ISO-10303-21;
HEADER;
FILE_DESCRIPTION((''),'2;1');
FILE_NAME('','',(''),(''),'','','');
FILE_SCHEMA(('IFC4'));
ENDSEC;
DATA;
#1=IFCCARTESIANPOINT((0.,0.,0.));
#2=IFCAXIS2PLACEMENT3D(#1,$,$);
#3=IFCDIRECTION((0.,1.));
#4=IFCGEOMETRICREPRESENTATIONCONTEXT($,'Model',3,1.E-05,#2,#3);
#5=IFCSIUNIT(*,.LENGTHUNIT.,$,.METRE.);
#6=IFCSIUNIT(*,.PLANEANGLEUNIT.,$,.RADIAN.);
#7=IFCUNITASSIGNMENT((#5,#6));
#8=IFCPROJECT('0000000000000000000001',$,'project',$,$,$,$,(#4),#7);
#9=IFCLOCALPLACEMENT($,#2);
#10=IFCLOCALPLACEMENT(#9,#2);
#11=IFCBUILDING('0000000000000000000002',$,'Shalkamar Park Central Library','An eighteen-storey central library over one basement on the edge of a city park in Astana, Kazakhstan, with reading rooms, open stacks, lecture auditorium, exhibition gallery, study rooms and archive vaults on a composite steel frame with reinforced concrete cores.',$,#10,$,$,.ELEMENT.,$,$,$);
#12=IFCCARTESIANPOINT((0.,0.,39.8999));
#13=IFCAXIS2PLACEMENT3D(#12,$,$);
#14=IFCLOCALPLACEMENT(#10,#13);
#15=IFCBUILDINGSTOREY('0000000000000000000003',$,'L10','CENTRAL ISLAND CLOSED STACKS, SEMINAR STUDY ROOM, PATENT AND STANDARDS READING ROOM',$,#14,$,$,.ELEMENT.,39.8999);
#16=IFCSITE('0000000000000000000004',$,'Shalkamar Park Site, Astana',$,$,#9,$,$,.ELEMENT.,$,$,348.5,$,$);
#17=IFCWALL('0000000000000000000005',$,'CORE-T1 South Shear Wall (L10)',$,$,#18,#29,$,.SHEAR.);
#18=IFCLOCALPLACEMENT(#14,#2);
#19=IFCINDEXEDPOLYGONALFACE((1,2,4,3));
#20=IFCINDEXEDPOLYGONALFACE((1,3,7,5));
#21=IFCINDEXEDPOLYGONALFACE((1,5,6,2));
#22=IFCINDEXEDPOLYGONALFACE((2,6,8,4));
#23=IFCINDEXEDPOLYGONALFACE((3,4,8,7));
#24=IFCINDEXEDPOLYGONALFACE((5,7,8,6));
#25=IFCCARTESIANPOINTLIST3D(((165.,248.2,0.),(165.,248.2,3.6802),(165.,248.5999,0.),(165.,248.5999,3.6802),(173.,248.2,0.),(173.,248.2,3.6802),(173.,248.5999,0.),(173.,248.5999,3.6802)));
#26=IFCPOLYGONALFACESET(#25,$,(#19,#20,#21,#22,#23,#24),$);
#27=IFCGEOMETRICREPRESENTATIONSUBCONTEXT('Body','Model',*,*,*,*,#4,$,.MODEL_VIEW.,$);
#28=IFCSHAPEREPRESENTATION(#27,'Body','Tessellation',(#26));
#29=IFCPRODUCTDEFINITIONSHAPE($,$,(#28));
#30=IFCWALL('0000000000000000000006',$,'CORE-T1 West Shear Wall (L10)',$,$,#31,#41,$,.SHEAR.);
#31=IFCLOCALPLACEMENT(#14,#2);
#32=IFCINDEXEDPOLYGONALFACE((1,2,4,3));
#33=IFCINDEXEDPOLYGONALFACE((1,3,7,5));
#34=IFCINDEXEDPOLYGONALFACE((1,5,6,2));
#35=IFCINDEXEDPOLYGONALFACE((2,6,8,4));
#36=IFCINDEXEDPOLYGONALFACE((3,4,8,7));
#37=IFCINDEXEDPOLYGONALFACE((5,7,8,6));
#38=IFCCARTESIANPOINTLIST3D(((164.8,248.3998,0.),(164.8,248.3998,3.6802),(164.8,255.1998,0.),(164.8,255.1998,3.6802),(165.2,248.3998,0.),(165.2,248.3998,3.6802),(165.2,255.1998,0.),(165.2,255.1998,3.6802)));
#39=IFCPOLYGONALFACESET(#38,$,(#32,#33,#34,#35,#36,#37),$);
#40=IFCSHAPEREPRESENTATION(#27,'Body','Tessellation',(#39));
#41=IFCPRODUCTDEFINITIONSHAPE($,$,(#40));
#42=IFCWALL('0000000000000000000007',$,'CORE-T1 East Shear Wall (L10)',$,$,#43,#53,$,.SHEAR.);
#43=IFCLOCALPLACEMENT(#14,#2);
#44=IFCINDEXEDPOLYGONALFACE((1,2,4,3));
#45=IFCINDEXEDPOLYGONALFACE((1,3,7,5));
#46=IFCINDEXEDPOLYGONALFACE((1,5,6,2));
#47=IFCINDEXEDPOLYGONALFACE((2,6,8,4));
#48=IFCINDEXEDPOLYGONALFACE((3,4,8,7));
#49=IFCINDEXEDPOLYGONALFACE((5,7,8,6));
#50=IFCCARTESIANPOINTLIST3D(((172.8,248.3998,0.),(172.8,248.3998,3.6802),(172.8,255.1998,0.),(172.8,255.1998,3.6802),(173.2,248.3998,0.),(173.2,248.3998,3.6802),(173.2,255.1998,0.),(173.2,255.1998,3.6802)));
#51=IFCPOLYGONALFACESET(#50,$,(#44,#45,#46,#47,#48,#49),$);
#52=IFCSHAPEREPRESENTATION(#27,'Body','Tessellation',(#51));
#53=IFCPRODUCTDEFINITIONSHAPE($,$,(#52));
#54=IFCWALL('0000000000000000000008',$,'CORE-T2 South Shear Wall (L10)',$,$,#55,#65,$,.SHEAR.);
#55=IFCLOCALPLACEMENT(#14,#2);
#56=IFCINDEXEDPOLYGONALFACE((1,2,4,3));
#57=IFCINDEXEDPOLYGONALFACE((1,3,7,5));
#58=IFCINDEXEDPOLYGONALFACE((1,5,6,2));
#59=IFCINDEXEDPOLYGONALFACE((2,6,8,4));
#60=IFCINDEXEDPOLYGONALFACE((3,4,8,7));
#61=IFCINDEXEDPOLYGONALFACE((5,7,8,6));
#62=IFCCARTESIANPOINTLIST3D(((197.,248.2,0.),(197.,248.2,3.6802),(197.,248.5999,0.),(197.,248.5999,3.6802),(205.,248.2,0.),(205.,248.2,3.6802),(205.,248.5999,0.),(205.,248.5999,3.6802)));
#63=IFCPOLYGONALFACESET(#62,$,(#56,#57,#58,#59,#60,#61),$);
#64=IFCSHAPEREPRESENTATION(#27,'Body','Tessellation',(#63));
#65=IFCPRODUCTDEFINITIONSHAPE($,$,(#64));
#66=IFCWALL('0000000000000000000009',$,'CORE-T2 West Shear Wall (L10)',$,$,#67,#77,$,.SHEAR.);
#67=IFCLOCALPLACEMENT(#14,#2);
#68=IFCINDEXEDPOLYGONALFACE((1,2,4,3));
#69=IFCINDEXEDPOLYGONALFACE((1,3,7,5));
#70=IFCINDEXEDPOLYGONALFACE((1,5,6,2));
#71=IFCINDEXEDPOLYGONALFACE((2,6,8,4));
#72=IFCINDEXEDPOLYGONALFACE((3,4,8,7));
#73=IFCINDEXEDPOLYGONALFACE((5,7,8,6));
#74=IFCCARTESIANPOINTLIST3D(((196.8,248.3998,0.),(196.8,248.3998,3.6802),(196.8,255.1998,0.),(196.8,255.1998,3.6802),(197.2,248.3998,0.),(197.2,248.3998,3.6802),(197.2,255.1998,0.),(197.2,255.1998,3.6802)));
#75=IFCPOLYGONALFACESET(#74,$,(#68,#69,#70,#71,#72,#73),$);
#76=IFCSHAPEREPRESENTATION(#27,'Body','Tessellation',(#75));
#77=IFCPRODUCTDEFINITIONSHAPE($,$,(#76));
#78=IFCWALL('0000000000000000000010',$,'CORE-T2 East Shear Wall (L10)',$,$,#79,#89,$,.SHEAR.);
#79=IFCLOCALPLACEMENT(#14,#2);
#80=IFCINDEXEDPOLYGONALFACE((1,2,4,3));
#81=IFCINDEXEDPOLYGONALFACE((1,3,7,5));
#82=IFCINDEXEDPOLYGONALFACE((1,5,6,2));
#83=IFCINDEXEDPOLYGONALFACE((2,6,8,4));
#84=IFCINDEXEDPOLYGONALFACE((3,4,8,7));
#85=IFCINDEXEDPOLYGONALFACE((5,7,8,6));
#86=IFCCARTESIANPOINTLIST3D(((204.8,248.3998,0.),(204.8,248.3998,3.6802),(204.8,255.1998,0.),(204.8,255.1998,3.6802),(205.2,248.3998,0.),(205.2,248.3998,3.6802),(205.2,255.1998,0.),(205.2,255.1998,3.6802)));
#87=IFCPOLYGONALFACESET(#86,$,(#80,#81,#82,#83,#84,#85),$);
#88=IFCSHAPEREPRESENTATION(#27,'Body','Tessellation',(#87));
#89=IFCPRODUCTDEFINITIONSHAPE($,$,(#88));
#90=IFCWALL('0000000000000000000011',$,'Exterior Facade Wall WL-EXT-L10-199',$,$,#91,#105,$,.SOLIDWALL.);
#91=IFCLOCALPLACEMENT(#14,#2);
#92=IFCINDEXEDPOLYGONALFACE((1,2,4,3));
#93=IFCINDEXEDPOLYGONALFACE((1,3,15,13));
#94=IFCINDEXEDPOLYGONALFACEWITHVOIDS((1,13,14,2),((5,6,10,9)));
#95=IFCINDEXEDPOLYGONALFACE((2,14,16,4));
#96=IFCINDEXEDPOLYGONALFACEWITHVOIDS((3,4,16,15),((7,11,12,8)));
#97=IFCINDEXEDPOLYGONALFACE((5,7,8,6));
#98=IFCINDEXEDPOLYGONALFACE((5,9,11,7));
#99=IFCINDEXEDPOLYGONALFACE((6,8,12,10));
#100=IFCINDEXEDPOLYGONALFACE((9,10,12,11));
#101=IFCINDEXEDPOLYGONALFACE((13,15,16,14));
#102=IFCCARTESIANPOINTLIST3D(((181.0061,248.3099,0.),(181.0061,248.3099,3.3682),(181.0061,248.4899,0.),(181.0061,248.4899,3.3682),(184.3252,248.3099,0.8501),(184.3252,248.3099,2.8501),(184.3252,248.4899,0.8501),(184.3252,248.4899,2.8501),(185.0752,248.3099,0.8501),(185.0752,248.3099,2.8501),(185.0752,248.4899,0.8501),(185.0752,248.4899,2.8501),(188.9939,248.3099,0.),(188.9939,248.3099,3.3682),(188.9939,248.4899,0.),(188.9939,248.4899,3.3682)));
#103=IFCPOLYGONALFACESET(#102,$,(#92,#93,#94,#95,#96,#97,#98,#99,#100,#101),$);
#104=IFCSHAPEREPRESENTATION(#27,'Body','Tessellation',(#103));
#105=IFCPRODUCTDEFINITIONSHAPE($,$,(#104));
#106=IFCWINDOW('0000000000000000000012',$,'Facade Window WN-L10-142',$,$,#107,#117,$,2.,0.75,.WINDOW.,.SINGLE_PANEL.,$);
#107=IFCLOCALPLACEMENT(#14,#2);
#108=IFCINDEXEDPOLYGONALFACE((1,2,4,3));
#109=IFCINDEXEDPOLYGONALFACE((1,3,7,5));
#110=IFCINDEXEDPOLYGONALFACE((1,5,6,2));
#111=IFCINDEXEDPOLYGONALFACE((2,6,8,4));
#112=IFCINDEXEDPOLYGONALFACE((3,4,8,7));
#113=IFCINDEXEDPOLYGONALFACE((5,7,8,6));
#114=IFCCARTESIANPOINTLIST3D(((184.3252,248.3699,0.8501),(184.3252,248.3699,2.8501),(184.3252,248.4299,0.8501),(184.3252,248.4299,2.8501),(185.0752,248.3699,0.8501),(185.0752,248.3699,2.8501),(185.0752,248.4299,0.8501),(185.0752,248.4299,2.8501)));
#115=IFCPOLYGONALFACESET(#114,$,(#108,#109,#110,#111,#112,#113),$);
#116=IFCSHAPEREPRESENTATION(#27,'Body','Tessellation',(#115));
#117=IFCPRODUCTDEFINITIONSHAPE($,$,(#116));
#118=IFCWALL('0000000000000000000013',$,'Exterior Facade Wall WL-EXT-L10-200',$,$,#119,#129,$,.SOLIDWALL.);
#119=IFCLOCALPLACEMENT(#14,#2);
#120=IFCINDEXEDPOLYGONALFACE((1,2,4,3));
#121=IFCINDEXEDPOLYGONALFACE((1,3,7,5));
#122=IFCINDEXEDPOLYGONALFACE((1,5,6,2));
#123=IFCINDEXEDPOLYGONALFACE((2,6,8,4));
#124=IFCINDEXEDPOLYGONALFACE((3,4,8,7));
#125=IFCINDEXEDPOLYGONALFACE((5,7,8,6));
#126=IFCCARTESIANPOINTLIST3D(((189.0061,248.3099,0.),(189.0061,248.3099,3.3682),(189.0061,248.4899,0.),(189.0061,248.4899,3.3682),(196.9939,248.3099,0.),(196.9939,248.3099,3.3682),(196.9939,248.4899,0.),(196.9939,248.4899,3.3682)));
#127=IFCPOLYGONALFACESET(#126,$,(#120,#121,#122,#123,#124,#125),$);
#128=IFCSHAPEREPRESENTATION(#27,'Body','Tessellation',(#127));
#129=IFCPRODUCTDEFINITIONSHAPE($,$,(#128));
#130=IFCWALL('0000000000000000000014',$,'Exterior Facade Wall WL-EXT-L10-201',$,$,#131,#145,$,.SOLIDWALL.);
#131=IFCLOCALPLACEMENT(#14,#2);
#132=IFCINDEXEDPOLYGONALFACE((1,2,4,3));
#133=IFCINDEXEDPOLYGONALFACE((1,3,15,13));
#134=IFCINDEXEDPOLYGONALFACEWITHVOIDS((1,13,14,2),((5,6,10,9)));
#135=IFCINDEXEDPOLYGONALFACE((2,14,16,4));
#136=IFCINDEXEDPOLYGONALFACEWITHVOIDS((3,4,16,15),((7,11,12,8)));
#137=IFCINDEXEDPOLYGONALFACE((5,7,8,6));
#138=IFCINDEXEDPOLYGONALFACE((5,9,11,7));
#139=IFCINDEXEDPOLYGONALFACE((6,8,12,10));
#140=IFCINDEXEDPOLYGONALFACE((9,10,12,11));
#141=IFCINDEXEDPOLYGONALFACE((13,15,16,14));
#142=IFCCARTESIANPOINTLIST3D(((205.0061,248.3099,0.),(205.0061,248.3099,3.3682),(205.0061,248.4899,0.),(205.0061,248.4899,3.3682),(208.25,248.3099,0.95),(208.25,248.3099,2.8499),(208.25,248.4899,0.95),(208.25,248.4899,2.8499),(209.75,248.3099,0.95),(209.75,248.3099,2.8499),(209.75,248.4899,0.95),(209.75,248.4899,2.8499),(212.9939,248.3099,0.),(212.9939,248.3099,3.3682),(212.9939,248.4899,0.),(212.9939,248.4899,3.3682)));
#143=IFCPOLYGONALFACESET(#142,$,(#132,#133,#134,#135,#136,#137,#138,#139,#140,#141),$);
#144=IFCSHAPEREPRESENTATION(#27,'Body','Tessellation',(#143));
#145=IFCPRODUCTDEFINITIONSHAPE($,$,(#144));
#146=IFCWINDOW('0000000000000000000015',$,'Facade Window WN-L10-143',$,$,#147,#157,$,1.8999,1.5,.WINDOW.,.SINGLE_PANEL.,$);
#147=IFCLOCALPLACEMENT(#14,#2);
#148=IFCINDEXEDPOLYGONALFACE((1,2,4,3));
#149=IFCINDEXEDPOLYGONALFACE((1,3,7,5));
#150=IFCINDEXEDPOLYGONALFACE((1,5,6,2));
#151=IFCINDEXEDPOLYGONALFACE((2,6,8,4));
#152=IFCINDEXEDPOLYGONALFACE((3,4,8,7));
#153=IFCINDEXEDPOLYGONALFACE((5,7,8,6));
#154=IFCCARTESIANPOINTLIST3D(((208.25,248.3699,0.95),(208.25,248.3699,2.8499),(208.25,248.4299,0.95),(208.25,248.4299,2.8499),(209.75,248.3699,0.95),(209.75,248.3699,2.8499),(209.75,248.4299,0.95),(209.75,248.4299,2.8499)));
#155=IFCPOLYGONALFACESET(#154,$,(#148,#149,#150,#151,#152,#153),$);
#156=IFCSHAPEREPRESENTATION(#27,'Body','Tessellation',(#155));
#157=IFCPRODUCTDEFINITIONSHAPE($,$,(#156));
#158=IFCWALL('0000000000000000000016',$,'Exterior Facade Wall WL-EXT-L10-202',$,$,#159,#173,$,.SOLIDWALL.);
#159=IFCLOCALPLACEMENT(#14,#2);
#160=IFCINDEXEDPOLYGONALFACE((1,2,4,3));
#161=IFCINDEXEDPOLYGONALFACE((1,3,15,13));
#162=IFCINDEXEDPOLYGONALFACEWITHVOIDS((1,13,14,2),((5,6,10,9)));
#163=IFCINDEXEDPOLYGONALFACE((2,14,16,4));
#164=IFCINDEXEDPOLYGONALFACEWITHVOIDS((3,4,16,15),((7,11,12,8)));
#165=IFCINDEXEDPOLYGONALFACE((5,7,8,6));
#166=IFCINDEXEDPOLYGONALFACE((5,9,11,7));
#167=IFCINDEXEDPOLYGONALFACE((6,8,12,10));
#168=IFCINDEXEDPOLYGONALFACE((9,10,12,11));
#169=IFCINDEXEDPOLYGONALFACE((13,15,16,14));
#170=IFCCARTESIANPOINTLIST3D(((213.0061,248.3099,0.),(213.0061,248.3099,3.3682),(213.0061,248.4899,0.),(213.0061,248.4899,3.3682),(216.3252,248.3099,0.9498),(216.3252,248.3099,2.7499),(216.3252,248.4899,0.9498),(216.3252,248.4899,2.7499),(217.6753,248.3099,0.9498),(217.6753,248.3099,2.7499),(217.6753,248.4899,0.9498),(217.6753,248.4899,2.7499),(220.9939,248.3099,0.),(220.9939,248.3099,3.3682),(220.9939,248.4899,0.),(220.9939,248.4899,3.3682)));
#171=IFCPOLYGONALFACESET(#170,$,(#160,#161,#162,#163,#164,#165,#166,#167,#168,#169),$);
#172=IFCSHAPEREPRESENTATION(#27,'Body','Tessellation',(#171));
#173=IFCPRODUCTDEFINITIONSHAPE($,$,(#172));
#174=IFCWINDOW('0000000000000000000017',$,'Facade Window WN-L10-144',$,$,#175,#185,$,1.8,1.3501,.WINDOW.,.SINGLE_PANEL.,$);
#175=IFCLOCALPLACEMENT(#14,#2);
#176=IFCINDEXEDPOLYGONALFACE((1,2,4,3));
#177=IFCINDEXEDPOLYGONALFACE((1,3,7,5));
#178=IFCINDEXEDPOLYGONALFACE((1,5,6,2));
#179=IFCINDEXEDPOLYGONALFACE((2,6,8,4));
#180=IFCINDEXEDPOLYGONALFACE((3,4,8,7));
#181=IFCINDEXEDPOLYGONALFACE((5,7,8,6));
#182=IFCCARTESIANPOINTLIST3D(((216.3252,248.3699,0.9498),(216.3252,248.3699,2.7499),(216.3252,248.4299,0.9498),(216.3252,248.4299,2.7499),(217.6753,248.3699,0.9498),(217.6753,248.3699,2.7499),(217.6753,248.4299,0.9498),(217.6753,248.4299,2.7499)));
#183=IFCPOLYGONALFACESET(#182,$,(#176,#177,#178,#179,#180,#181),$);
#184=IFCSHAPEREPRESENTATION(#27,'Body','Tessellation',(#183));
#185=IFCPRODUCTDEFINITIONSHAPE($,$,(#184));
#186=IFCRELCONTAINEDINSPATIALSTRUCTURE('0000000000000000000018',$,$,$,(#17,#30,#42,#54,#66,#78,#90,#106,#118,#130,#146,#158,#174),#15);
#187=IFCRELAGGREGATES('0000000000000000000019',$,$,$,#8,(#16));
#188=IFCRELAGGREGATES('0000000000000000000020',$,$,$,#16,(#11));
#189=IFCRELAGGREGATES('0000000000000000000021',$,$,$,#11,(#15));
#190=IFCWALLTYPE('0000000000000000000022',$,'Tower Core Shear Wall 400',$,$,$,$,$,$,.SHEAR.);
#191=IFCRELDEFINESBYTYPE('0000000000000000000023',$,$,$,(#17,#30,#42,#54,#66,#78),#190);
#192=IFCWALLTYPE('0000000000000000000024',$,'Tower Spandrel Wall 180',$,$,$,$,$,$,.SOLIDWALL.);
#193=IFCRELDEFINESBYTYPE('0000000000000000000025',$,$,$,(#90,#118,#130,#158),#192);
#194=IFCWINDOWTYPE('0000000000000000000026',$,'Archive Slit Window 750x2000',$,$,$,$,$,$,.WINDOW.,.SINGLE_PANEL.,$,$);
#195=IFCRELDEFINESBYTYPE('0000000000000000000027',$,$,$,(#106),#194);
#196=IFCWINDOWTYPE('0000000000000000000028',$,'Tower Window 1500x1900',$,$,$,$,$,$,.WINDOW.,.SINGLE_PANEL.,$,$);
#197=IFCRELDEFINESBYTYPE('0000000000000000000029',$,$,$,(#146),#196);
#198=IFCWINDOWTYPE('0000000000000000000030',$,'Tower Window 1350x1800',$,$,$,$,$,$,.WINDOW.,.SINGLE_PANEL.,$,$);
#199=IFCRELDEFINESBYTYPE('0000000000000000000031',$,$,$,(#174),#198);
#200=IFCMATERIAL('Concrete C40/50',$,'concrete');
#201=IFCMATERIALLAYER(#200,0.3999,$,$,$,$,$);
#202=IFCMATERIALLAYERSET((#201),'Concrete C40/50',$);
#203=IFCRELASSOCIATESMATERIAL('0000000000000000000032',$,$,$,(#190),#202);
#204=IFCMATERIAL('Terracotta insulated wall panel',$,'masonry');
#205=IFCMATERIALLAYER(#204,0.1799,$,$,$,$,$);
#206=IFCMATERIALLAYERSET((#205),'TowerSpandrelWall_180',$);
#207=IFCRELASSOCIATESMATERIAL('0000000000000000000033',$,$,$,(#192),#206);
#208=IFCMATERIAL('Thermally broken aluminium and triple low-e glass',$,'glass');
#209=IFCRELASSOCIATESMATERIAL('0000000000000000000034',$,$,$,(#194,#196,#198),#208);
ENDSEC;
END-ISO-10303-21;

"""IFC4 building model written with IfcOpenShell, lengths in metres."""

from ifc_helpers import new_model, si_unit, direction, frame, frame_2d, origin, place, context, subcontext, project, spatial, rectangle, extrude, material, layer, layer_set, type_object, element, fill, save


model = new_model("IFC4")

# Units and contexts
model_context = context("Model", 3, precision=1e-05, world=origin(), true_north=direction((0.0, 1.0)))
body_context = subcontext(model_context, "Body", "Model", "MODEL_VIEW")
ifc_project = project(units=[si_unit("LENGTHUNIT", "METRE"), si_unit("PLANEANGLEUNIT", "RADIAN")], contexts=[model_context])

# Site, building, storey
site_placement = place(None, origin())
site = spatial("IfcSite", under=ifc_project, at=site_placement, Name="Shalkamar Park Site, Astana", CompositionType="ELEMENT", RefElevation=348.5)
building_placement = place(site_placement, origin())
building = spatial("IfcBuilding", under=site, at=building_placement, Name="Shalkamar Park Central Library", Description="An eighteen-storey central library over one basement on the edge of a city park in Astana, Kazakhstan, with reading rooms, open stacks, lecture auditorium, exhibition gallery, study rooms and archive vaults on a composite steel frame with reinforced concrete cores.", CompositionType="ELEMENT")
storey_placement = place(building_placement, frame((0.0, 0.0, 39.8999)))
storey = spatial("IfcBuildingStorey", under=building, at=storey_placement, Name="L10", Description="CENTRAL ISLAND CLOSED STACKS, SEMINAR STUDY ROOM, PATENT AND STANDARDS READING ROOM", CompositionType="ELEMENT", Elevation=39.8999)

# Walls
ifc_material_1 = material(Name="Concrete C40/50", Category="concrete")
ifc_layer_1 = layer(ifc_material_1, 0.3999)
ifc_layer_set_1 = layer_set([ifc_layer_1], Name="Concrete C40/50")
wall_type_1 = type_object("IfcWallType", Name="Tower Core Shear Wall 400", PredefinedType="SHEAR", material=ifc_layer_set_1)
wall_1_placement = place(storey_placement, frame((165.0, 248.3999, 0.0), z_axis=(0.0, 0.0, 1.0), x_axis=(1.0, 0.0, 0.0)))
element("IfcWall", 1, at=wall_1_placement, inside=storey, type_object=wall_type_1, Name="CORE-T1 South Shear Wall (L10)", PredefinedType="SHEAR", context=body_context, shape_type="SweptSolid", body=[
    extrude(rectangle(XDim=8.0, YDim=0.3999, at=frame_2d((4.0, 0.0))), origin(), (0.0, 0.0, 1.0), 3.6802),
])
for number, where, z_axis, x_axis, name in (
    (2, (165.0, 248.3999, 0.0), (0.0, 0.0, 1.0), (0.0, 1.0, 0.0), "CORE-T1 West Shear Wall (L10)"),
    (3, (173.0, 248.3999, 0.0), (0.0, 0.0, 1.0), (0.0, 1.0, 0.0), "CORE-T1 East Shear Wall (L10)"),
):
    element("IfcWall", number, at=place(storey_placement, frame(where, z_axis=z_axis, x_axis=x_axis)), inside=storey, type_object=wall_type_1, Name=name, PredefinedType="SHEAR", context=body_context, shape_type="SweptSolid", body=[
        extrude(rectangle(XDim=6.8, YDim=0.3999, at=frame_2d((3.3999, 0.0))), origin(), (0.0, 0.0, 1.0), 3.6802),
    ])
wall_2_placement = place(storey_placement, frame((197.0, 248.3999, 0.0), z_axis=(0.0, 0.0, 1.0), x_axis=(1.0, 0.0, 0.0)))
element("IfcWall", 4, at=wall_2_placement, inside=storey, type_object=wall_type_1, Name="CORE-T2 South Shear Wall (L10)", PredefinedType="SHEAR", context=body_context, shape_type="SweptSolid", body=[
    extrude(rectangle(XDim=8.0, YDim=0.3999, at=frame_2d((4.0, 0.0))), origin(), (0.0, 0.0, 1.0), 3.6802),
])
for number, where, z_axis, x_axis, name in (
    (5, (197.0, 248.3999, 0.0), (0.0, 0.0, 1.0), (0.0, 1.0, 0.0), "CORE-T2 West Shear Wall (L10)"),
    (6, (205.0, 248.3999, 0.0), (0.0, 0.0, 1.0), (0.0, 1.0, 0.0), "CORE-T2 East Shear Wall (L10)"),
):
    element("IfcWall", number, at=place(storey_placement, frame(where, z_axis=z_axis, x_axis=x_axis)), inside=storey, type_object=wall_type_1, Name=name, PredefinedType="SHEAR", context=body_context, shape_type="SweptSolid", body=[
        extrude(rectangle(XDim=6.8, YDim=0.3999, at=frame_2d((3.3999, 0.0))), origin(), (0.0, 0.0, 1.0), 3.6802),
    ])

# Wall, opening, window
ifc_material_2 = material(Name="Terracotta insulated wall panel", Category="masonry")
ifc_layer_2 = layer(ifc_material_2, 0.1799)
ifc_layer_set_2 = layer_set([ifc_layer_2], Name="TowerSpandrelWall_180")
wall_type_2 = type_object("IfcWallType", Name="Tower Spandrel Wall 180", PredefinedType="SOLIDWALL", material=ifc_layer_set_2)
wall_3_placement = place(storey_placement, frame((181.0061, 248.3999, 0.0), z_axis=(0.0, 0.0, 1.0), x_axis=(1.0, 0.0, 0.0)))
wall_3 = element("IfcWall", 7, at=wall_3_placement, inside=storey, type_object=wall_type_2, Name="Exterior Facade Wall WL-EXT-L10-199", PredefinedType="SOLIDWALL", context=body_context, shape_type="SweptSolid", body=[
    extrude(rectangle(XDim=7.9878, YDim=0.1799, at=frame_2d((3.9939, 0.0))), origin(), (0.0, 0.0, 1.0), 3.3682),
])
opening_1_placement = place(wall_3_placement, frame((3.3191, 0.0, 0.8501)))
opening_1 = element("IfcOpeningElement", 8, at=opening_1_placement, cuts=wall_3, PredefinedType="OPENING", context=body_context, shape_type="SweptSolid", body=[
    extrude(rectangle(XDim=0.75, YDim=2.0, at=frame_2d((0.375, 1.0))), frame((0.0, 0.105, 0.0), z_axis=(0.0, -1.0, 0.0), x_axis=(1.0, 0.0, 0.0)), (0.0, 0.0, 1.0), 0.2097),
])
ifc_material_3 = material(Name="Thermally broken aluminium and triple low-e glass", Category="glass")
window_type_1 = type_object("IfcWindowType", Name="Archive Slit Window 750x2000", PartitioningType="SINGLE_PANEL", PredefinedType="WINDOW", material=ifc_material_3)
window_1_placement = place(opening_1_placement, origin())
window_1 = element("IfcWindow", 9, at=window_1_placement, inside=storey, type_object=window_type_1, Name="Facade Window WN-L10-142", OverallHeight=2.0, OverallWidth=0.75, PartitioningType="SINGLE_PANEL", PredefinedType="WINDOW", context=body_context, shape_type="SweptSolid", body=[
    extrude(rectangle(XDim=0.75, YDim=2.0, at=frame_2d((0.375, 1.0))), frame((0.0, 0.03, 0.0), z_axis=(0.0, -1.0, 0.0), x_axis=(1.0, 0.0, 0.0)), (0.0, 0.0, 1.0), 0.0601),
])
fill(opening_1, window_1)

# Wall
wall_4_placement = place(storey_placement, frame((189.0061, 248.3999, 0.0), z_axis=(0.0, 0.0, 1.0), x_axis=(1.0, 0.0, 0.0)))
element("IfcWall", 10, at=wall_4_placement, inside=storey, type_object=wall_type_2, Name="Exterior Facade Wall WL-EXT-L10-200", PredefinedType="SOLIDWALL", context=body_context, shape_type="SweptSolid", body=[
    extrude(rectangle(XDim=7.9878, YDim=0.1799, at=frame_2d((3.9939, 0.0))), origin(), (0.0, 0.0, 1.0), 3.3682),
])

# Walls, openings, windows
wall_5_placement = place(storey_placement, frame((205.0061, 248.3999, 0.0), z_axis=(0.0, 0.0, 1.0), x_axis=(1.0, 0.0, 0.0)))
wall_5 = element("IfcWall", 11, at=wall_5_placement, inside=storey, type_object=wall_type_2, Name="Exterior Facade Wall WL-EXT-L10-201", PredefinedType="SOLIDWALL", context=body_context, shape_type="SweptSolid", body=[
    extrude(rectangle(XDim=7.9878, YDim=0.1799, at=frame_2d((3.9939, 0.0))), origin(), (0.0, 0.0, 1.0), 3.3682),
])
opening_2_placement = place(wall_5_placement, frame((3.2439, 0.0, 0.95)))
opening_2 = element("IfcOpeningElement", 12, at=opening_2_placement, cuts=wall_5, PredefinedType="OPENING", context=body_context, shape_type="SweptSolid", body=[
    extrude(rectangle(XDim=1.5, YDim=1.8999, at=frame_2d((0.75, 0.95))), frame((0.0, 0.105, 0.0), z_axis=(0.0, -1.0, 0.0), x_axis=(1.0, 0.0, 0.0)), (0.0, 0.0, 1.0), 0.2097),
])
window_type_2 = type_object("IfcWindowType", Name="Tower Window 1500x1900", PartitioningType="SINGLE_PANEL", PredefinedType="WINDOW", material=ifc_material_3)
window_2_placement = place(opening_2_placement, origin())
window_2 = element("IfcWindow", 13, at=window_2_placement, inside=storey, type_object=window_type_2, Name="Facade Window WN-L10-143", OverallHeight=1.8999, OverallWidth=1.5, PartitioningType="SINGLE_PANEL", PredefinedType="WINDOW", context=body_context, shape_type="SweptSolid", body=[
    extrude(rectangle(XDim=1.5, YDim=1.8999, at=frame_2d((0.75, 0.95))), frame((0.0, 0.03, 0.0), z_axis=(0.0, -1.0, 0.0), x_axis=(1.0, 0.0, 0.0)), (0.0, 0.0, 1.0), 0.0601),
])
fill(opening_2, window_2)
wall_6_placement = place(storey_placement, frame((213.0061, 248.3999, 0.0), z_axis=(0.0, 0.0, 1.0), x_axis=(1.0, 0.0, 0.0)))
wall_6 = element("IfcWall", 14, at=wall_6_placement, inside=storey, type_object=wall_type_2, Name="Exterior Facade Wall WL-EXT-L10-202", PredefinedType="SOLIDWALL", context=body_context, shape_type="SweptSolid", body=[
    extrude(rectangle(XDim=7.9878, YDim=0.1799, at=frame_2d((3.9939, 0.0))), origin(), (0.0, 0.0, 1.0), 3.3682),
])
opening_3_placement = place(wall_6_placement, frame((3.3191, 0.0, 0.95)))
opening_3 = element("IfcOpeningElement", 15, at=opening_3_placement, cuts=wall_6, PredefinedType="OPENING", context=body_context, shape_type="SweptSolid", body=[
    extrude(rectangle(XDim=1.3501, YDim=1.8, at=frame_2d((0.675, 0.8999))), frame((0.0, 0.105, 0.0), z_axis=(0.0, -1.0, 0.0), x_axis=(1.0, 0.0, 0.0)), (0.0, 0.0, 1.0), 0.2097),
])
window_type_3 = type_object("IfcWindowType", Name="Tower Window 1350x1800", PartitioningType="SINGLE_PANEL", PredefinedType="WINDOW", material=ifc_material_3)
window_3_placement = place(opening_3_placement, origin())
window_3 = element("IfcWindow", 16, at=window_3_placement, inside=storey, type_object=window_type_3, Name="Facade Window WN-L10-144", OverallHeight=1.8, OverallWidth=1.3501, PartitioningType="SINGLE_PANEL", PredefinedType="WINDOW", context=body_context, shape_type="SweptSolid", body=[
    extrude(rectangle(XDim=1.3501, YDim=1.8, at=frame_2d((0.675, 0.8999))), frame((0.0, 0.03, 0.0), z_axis=(0.0, -1.0, 0.0), x_axis=(1.0, 0.0, 0.0)), (0.0, 0.0, 1.0), 0.0601),
])
fill(opening_3, window_3)

save(model, "model.ifc")
